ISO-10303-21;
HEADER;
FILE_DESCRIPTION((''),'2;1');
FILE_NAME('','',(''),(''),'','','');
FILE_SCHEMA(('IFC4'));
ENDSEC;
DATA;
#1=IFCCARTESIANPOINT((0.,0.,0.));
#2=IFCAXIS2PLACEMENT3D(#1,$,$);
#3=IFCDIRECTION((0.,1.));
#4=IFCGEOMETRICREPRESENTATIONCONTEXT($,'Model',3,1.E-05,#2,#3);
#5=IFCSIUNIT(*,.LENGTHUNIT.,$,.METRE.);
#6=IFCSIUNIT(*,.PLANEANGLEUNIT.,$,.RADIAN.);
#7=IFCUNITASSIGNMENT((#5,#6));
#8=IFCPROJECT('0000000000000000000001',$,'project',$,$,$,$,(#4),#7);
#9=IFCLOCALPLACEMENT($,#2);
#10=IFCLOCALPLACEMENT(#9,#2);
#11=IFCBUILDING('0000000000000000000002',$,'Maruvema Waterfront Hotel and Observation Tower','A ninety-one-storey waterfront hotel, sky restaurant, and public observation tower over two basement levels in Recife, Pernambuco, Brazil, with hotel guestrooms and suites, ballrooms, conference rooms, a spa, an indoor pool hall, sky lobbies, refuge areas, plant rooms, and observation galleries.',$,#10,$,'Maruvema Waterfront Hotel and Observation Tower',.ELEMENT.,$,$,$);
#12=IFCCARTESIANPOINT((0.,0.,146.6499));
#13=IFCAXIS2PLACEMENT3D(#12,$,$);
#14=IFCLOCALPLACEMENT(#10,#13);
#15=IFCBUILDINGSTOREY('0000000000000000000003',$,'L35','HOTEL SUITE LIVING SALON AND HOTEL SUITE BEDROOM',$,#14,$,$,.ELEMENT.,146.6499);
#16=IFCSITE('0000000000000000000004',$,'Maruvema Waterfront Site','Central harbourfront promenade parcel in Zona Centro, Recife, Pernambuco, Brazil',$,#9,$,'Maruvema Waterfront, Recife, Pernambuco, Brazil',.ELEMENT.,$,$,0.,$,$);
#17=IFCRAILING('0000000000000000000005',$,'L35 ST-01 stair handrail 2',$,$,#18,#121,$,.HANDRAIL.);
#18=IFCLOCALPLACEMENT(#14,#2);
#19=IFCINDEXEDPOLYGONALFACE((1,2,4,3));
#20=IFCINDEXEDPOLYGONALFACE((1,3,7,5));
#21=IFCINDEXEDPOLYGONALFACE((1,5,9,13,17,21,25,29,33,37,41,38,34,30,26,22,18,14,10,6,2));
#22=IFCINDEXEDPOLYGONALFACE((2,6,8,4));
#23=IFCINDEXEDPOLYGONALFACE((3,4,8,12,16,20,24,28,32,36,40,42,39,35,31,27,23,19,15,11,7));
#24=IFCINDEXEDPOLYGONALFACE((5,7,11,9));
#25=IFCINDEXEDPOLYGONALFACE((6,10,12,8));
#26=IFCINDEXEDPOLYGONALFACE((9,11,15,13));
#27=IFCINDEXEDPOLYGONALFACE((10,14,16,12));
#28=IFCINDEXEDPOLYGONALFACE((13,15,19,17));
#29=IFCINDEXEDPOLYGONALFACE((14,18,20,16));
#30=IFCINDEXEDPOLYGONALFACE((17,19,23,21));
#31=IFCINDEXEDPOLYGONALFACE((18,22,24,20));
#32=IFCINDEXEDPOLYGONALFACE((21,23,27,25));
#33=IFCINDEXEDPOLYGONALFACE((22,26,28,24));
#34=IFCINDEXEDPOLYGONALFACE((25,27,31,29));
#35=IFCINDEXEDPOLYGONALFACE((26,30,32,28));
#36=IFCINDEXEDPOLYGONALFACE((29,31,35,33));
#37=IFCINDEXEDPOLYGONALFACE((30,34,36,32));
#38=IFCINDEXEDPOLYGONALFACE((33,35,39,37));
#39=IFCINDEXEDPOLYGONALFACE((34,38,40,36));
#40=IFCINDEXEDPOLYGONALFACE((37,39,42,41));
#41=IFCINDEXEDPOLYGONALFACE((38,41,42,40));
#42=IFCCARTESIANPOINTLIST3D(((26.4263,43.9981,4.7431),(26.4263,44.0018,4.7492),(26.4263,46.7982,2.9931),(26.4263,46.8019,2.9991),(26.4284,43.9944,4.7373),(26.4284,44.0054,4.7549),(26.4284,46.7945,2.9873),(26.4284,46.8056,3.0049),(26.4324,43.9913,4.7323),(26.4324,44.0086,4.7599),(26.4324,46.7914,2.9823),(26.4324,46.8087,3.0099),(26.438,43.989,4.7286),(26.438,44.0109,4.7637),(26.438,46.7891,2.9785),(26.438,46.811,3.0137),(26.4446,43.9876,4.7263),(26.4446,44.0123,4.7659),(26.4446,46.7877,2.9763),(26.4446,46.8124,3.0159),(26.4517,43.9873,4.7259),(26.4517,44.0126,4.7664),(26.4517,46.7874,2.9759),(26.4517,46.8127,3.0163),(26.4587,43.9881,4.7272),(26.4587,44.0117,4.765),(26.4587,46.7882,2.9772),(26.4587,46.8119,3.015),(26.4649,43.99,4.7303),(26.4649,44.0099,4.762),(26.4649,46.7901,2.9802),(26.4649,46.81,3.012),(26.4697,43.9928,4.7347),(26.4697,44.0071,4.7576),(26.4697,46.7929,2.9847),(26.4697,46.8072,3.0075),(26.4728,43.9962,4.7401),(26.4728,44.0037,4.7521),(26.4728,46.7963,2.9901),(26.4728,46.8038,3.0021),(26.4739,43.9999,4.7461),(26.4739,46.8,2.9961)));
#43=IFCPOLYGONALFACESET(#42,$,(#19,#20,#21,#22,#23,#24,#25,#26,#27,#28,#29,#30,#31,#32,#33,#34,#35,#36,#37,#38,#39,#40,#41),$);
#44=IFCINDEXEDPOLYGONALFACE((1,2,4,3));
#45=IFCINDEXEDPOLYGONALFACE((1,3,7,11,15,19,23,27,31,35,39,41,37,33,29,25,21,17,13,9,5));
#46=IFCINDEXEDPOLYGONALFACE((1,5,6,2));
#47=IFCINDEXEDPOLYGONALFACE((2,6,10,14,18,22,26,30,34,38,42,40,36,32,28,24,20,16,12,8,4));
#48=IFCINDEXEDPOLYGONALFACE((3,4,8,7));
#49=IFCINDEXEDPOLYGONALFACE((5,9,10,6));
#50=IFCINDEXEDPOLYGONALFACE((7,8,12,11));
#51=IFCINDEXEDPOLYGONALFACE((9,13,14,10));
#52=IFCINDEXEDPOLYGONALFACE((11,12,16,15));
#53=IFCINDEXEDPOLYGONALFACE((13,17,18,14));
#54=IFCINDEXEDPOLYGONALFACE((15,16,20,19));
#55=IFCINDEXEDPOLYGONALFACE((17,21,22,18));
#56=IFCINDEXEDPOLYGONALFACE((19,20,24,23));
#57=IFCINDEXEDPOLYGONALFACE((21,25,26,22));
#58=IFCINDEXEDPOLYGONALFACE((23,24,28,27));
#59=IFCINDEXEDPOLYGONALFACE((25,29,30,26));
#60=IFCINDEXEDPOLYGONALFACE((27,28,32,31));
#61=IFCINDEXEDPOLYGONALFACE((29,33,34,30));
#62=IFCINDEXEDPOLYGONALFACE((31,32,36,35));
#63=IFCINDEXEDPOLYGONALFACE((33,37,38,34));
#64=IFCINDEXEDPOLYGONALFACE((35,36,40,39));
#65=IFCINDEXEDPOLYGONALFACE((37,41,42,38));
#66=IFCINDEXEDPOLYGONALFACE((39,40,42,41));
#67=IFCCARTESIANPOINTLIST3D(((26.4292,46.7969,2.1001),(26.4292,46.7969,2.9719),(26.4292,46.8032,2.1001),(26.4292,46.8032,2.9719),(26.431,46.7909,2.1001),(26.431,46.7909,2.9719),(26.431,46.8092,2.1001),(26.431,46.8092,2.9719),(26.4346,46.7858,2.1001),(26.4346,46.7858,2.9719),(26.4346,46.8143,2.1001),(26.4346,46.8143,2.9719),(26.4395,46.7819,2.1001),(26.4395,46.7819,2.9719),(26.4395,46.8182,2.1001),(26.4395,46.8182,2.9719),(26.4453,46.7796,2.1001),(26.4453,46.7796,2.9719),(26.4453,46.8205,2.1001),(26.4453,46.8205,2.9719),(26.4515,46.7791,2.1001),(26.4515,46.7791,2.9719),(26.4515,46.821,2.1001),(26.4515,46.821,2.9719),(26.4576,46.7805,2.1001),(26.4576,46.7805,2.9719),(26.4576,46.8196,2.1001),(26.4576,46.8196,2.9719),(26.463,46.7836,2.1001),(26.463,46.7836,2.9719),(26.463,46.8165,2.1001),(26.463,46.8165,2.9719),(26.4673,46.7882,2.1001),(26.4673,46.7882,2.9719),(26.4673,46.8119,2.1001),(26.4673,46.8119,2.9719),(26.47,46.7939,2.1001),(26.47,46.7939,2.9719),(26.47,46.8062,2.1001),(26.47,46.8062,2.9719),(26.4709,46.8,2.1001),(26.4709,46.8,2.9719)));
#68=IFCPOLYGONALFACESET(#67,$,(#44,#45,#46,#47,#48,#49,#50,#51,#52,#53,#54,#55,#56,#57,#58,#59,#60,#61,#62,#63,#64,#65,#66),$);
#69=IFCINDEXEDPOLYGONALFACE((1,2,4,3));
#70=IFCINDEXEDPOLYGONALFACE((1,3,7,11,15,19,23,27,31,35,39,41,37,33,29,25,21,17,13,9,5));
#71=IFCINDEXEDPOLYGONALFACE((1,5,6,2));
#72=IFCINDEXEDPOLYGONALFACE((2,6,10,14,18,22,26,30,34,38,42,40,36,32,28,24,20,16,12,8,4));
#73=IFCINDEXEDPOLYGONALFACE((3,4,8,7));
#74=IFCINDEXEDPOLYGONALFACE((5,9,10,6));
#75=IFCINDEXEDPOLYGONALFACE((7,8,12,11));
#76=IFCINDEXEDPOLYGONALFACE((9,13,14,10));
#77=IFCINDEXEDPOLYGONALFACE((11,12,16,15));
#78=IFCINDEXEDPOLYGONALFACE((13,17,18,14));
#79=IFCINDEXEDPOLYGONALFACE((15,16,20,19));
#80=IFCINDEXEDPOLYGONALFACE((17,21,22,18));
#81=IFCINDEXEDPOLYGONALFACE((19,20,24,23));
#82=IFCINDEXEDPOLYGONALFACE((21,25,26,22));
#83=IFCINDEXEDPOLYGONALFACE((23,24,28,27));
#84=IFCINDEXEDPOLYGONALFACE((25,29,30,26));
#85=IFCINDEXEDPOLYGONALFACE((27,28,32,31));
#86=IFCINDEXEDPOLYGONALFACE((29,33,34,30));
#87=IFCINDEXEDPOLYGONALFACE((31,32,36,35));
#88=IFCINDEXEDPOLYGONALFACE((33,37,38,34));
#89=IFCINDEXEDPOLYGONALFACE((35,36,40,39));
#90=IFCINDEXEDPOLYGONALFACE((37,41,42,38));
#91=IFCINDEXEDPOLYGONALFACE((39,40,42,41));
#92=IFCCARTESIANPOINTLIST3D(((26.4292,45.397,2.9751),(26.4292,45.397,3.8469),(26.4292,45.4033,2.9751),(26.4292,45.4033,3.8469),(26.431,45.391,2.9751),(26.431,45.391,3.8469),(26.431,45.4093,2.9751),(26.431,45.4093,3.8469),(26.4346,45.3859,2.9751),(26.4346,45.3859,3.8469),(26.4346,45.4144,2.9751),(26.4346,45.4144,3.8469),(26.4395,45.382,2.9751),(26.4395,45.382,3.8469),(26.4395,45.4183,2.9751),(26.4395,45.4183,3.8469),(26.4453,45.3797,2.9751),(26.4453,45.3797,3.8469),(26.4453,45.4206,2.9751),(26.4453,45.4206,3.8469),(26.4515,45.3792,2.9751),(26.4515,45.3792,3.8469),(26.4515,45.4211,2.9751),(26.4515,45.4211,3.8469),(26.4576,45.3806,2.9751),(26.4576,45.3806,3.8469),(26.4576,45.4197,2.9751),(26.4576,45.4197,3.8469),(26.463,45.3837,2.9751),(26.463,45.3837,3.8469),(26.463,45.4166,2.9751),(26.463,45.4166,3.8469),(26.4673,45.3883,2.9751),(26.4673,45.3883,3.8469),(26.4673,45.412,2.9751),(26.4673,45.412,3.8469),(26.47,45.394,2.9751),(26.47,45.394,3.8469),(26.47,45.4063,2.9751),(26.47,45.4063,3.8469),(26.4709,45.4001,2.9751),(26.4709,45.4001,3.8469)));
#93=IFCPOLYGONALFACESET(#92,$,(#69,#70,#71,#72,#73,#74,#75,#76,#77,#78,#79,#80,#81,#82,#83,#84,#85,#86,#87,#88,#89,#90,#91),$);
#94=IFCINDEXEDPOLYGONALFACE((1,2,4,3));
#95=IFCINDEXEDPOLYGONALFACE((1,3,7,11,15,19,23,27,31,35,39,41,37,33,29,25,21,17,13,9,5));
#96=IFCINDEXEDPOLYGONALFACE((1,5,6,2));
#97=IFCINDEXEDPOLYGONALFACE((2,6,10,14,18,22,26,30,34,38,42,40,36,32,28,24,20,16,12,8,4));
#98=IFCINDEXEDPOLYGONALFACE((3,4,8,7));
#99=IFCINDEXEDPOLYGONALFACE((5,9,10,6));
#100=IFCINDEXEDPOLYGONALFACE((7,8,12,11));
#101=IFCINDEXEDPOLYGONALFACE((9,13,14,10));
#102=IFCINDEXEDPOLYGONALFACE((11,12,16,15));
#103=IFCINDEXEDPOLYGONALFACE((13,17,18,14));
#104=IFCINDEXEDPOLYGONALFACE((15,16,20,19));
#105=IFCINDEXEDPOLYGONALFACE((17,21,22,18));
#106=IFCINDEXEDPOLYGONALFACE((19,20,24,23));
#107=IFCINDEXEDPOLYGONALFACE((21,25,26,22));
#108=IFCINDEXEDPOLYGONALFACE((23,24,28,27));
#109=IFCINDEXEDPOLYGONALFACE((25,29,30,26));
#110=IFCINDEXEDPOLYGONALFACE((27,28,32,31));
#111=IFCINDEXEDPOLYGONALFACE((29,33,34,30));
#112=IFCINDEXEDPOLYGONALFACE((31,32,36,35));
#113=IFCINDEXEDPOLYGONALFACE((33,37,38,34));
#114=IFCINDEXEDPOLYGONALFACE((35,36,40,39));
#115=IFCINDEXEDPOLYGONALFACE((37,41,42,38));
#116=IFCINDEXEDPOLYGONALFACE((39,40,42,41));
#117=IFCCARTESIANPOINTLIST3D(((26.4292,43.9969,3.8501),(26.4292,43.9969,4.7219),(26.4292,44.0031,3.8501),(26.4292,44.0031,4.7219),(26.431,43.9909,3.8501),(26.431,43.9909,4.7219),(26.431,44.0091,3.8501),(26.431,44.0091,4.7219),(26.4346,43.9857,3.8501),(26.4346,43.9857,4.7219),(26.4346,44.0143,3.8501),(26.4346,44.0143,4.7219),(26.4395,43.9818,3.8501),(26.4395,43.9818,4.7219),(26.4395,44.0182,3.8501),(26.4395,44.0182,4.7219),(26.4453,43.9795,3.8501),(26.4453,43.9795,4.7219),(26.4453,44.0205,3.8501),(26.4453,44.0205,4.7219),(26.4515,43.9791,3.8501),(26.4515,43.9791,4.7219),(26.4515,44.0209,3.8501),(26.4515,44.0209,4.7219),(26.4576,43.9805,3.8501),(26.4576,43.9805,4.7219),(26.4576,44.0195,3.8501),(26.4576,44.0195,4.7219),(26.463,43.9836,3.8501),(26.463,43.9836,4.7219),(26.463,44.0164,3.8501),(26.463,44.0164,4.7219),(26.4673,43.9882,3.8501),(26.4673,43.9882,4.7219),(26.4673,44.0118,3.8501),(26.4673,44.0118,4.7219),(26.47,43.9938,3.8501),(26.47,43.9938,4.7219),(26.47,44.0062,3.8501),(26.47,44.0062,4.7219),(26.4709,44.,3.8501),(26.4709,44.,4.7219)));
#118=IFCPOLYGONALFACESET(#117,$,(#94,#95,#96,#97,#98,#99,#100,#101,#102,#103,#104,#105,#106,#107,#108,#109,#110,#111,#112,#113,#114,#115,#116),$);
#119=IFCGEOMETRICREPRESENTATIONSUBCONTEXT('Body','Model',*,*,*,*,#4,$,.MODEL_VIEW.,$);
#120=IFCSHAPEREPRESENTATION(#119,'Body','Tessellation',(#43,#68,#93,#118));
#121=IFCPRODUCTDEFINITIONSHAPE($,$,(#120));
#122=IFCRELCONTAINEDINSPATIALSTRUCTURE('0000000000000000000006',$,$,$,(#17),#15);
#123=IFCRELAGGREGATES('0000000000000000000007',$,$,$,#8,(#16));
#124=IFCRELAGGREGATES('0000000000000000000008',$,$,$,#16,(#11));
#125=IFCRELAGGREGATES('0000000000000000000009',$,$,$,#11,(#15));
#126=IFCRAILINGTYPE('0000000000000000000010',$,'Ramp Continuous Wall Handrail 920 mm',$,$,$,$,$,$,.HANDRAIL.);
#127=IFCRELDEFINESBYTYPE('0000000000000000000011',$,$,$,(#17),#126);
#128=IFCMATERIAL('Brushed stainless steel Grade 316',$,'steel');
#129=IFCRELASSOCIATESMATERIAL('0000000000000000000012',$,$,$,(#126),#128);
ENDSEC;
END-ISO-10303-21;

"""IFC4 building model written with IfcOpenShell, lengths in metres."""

from ifc_helpers import new_model, si_unit, direction, frame, origin, origin_2d, place, context, subcontext, project, spatial, circle, extrude, material, type_object, element, save


model = new_model("IFC4")

# Units and contexts
model_context = context("Model", 3, precision=1e-05, world=origin(), true_north=direction((0.0, 1.0)))
body_context = subcontext(model_context, "Body", "Model", "MODEL_VIEW")
ifc_project = project(units=[si_unit("LENGTHUNIT", "METRE"), si_unit("PLANEANGLEUNIT", "RADIAN")], contexts=[model_context])

# Site, building, storey
site_placement = place(None, origin())
site = spatial("IfcSite", under=ifc_project, at=site_placement, Name="Maruvema Waterfront Site", Description="Central harbourfront promenade parcel in Zona Centro, Recife, Pernambuco, Brazil", LongName="Maruvema Waterfront, Recife, Pernambuco, Brazil", CompositionType="ELEMENT", RefElevation=0.0)
building_placement = place(site_placement, origin())
building = spatial("IfcBuilding", under=site, at=building_placement, Name="Maruvema Waterfront Hotel and Observation Tower", Description="A ninety-one-storey waterfront hotel, sky restaurant, and public observation tower over two basement levels in Recife, Pernambuco, Brazil, with hotel guestrooms and suites, ballrooms, conference rooms, a spa, an indoor pool hall, sky lobbies, refuge areas, plant rooms, and observation galleries.", LongName="Maruvema Waterfront Hotel and Observation Tower", CompositionType="ELEMENT")
storey_placement = place(building_placement, frame((0.0, 0.0, 146.6499)))
storey = spatial("IfcBuildingStorey", under=building, at=storey_placement, Name="L35", Description="HOTEL SUITE LIVING SALON AND HOTEL SUITE BEDROOM", CompositionType="ELEMENT", Elevation=146.6499)

# Railing
ifc_material_1 = material(Name="Brushed stainless steel Grade 316", Category="steel")
railing_type = type_object("IfcRailingType", Name="Ramp Continuous Wall Handrail 920 mm", PredefinedType="HANDRAIL", material=ifc_material_1)
railing_placement = place(storey_placement, frame((26.45, 46.8, 2.1001)))
element("IfcRailing", 1, at=railing_placement, inside=storey, type_object=railing_type, Name="L35 ST-01 stair handrail 2", PredefinedType="HANDRAIL", context=body_context, shape_type="SweptSolid", body=[
    extrude(circle(Radius=0.0239, at=origin_2d()), frame((0.0, 0.0, 0.896), z_axis=(0.0, -0.848002, 0.529992), x_axis=(1.0, 0.0, 0.0)), (0.0, 0.0, 1.0), 3.302),
    extrude(circle(Radius=0.021, at=origin_2d()), origin(), (0.0, 0.0, 1.0), 0.8718),
    extrude(circle(Radius=0.021, at=origin_2d()), frame((0.0, -1.3999, 0.875)), (0.0, 0.0, 1.0), 0.8718),
    extrude(circle(Radius=0.021, at=origin_2d()), frame((0.0, -2.8, 1.75)), (0.0, 0.0, 1.0), 0.8718),
])

save(model, "model.ifc")
